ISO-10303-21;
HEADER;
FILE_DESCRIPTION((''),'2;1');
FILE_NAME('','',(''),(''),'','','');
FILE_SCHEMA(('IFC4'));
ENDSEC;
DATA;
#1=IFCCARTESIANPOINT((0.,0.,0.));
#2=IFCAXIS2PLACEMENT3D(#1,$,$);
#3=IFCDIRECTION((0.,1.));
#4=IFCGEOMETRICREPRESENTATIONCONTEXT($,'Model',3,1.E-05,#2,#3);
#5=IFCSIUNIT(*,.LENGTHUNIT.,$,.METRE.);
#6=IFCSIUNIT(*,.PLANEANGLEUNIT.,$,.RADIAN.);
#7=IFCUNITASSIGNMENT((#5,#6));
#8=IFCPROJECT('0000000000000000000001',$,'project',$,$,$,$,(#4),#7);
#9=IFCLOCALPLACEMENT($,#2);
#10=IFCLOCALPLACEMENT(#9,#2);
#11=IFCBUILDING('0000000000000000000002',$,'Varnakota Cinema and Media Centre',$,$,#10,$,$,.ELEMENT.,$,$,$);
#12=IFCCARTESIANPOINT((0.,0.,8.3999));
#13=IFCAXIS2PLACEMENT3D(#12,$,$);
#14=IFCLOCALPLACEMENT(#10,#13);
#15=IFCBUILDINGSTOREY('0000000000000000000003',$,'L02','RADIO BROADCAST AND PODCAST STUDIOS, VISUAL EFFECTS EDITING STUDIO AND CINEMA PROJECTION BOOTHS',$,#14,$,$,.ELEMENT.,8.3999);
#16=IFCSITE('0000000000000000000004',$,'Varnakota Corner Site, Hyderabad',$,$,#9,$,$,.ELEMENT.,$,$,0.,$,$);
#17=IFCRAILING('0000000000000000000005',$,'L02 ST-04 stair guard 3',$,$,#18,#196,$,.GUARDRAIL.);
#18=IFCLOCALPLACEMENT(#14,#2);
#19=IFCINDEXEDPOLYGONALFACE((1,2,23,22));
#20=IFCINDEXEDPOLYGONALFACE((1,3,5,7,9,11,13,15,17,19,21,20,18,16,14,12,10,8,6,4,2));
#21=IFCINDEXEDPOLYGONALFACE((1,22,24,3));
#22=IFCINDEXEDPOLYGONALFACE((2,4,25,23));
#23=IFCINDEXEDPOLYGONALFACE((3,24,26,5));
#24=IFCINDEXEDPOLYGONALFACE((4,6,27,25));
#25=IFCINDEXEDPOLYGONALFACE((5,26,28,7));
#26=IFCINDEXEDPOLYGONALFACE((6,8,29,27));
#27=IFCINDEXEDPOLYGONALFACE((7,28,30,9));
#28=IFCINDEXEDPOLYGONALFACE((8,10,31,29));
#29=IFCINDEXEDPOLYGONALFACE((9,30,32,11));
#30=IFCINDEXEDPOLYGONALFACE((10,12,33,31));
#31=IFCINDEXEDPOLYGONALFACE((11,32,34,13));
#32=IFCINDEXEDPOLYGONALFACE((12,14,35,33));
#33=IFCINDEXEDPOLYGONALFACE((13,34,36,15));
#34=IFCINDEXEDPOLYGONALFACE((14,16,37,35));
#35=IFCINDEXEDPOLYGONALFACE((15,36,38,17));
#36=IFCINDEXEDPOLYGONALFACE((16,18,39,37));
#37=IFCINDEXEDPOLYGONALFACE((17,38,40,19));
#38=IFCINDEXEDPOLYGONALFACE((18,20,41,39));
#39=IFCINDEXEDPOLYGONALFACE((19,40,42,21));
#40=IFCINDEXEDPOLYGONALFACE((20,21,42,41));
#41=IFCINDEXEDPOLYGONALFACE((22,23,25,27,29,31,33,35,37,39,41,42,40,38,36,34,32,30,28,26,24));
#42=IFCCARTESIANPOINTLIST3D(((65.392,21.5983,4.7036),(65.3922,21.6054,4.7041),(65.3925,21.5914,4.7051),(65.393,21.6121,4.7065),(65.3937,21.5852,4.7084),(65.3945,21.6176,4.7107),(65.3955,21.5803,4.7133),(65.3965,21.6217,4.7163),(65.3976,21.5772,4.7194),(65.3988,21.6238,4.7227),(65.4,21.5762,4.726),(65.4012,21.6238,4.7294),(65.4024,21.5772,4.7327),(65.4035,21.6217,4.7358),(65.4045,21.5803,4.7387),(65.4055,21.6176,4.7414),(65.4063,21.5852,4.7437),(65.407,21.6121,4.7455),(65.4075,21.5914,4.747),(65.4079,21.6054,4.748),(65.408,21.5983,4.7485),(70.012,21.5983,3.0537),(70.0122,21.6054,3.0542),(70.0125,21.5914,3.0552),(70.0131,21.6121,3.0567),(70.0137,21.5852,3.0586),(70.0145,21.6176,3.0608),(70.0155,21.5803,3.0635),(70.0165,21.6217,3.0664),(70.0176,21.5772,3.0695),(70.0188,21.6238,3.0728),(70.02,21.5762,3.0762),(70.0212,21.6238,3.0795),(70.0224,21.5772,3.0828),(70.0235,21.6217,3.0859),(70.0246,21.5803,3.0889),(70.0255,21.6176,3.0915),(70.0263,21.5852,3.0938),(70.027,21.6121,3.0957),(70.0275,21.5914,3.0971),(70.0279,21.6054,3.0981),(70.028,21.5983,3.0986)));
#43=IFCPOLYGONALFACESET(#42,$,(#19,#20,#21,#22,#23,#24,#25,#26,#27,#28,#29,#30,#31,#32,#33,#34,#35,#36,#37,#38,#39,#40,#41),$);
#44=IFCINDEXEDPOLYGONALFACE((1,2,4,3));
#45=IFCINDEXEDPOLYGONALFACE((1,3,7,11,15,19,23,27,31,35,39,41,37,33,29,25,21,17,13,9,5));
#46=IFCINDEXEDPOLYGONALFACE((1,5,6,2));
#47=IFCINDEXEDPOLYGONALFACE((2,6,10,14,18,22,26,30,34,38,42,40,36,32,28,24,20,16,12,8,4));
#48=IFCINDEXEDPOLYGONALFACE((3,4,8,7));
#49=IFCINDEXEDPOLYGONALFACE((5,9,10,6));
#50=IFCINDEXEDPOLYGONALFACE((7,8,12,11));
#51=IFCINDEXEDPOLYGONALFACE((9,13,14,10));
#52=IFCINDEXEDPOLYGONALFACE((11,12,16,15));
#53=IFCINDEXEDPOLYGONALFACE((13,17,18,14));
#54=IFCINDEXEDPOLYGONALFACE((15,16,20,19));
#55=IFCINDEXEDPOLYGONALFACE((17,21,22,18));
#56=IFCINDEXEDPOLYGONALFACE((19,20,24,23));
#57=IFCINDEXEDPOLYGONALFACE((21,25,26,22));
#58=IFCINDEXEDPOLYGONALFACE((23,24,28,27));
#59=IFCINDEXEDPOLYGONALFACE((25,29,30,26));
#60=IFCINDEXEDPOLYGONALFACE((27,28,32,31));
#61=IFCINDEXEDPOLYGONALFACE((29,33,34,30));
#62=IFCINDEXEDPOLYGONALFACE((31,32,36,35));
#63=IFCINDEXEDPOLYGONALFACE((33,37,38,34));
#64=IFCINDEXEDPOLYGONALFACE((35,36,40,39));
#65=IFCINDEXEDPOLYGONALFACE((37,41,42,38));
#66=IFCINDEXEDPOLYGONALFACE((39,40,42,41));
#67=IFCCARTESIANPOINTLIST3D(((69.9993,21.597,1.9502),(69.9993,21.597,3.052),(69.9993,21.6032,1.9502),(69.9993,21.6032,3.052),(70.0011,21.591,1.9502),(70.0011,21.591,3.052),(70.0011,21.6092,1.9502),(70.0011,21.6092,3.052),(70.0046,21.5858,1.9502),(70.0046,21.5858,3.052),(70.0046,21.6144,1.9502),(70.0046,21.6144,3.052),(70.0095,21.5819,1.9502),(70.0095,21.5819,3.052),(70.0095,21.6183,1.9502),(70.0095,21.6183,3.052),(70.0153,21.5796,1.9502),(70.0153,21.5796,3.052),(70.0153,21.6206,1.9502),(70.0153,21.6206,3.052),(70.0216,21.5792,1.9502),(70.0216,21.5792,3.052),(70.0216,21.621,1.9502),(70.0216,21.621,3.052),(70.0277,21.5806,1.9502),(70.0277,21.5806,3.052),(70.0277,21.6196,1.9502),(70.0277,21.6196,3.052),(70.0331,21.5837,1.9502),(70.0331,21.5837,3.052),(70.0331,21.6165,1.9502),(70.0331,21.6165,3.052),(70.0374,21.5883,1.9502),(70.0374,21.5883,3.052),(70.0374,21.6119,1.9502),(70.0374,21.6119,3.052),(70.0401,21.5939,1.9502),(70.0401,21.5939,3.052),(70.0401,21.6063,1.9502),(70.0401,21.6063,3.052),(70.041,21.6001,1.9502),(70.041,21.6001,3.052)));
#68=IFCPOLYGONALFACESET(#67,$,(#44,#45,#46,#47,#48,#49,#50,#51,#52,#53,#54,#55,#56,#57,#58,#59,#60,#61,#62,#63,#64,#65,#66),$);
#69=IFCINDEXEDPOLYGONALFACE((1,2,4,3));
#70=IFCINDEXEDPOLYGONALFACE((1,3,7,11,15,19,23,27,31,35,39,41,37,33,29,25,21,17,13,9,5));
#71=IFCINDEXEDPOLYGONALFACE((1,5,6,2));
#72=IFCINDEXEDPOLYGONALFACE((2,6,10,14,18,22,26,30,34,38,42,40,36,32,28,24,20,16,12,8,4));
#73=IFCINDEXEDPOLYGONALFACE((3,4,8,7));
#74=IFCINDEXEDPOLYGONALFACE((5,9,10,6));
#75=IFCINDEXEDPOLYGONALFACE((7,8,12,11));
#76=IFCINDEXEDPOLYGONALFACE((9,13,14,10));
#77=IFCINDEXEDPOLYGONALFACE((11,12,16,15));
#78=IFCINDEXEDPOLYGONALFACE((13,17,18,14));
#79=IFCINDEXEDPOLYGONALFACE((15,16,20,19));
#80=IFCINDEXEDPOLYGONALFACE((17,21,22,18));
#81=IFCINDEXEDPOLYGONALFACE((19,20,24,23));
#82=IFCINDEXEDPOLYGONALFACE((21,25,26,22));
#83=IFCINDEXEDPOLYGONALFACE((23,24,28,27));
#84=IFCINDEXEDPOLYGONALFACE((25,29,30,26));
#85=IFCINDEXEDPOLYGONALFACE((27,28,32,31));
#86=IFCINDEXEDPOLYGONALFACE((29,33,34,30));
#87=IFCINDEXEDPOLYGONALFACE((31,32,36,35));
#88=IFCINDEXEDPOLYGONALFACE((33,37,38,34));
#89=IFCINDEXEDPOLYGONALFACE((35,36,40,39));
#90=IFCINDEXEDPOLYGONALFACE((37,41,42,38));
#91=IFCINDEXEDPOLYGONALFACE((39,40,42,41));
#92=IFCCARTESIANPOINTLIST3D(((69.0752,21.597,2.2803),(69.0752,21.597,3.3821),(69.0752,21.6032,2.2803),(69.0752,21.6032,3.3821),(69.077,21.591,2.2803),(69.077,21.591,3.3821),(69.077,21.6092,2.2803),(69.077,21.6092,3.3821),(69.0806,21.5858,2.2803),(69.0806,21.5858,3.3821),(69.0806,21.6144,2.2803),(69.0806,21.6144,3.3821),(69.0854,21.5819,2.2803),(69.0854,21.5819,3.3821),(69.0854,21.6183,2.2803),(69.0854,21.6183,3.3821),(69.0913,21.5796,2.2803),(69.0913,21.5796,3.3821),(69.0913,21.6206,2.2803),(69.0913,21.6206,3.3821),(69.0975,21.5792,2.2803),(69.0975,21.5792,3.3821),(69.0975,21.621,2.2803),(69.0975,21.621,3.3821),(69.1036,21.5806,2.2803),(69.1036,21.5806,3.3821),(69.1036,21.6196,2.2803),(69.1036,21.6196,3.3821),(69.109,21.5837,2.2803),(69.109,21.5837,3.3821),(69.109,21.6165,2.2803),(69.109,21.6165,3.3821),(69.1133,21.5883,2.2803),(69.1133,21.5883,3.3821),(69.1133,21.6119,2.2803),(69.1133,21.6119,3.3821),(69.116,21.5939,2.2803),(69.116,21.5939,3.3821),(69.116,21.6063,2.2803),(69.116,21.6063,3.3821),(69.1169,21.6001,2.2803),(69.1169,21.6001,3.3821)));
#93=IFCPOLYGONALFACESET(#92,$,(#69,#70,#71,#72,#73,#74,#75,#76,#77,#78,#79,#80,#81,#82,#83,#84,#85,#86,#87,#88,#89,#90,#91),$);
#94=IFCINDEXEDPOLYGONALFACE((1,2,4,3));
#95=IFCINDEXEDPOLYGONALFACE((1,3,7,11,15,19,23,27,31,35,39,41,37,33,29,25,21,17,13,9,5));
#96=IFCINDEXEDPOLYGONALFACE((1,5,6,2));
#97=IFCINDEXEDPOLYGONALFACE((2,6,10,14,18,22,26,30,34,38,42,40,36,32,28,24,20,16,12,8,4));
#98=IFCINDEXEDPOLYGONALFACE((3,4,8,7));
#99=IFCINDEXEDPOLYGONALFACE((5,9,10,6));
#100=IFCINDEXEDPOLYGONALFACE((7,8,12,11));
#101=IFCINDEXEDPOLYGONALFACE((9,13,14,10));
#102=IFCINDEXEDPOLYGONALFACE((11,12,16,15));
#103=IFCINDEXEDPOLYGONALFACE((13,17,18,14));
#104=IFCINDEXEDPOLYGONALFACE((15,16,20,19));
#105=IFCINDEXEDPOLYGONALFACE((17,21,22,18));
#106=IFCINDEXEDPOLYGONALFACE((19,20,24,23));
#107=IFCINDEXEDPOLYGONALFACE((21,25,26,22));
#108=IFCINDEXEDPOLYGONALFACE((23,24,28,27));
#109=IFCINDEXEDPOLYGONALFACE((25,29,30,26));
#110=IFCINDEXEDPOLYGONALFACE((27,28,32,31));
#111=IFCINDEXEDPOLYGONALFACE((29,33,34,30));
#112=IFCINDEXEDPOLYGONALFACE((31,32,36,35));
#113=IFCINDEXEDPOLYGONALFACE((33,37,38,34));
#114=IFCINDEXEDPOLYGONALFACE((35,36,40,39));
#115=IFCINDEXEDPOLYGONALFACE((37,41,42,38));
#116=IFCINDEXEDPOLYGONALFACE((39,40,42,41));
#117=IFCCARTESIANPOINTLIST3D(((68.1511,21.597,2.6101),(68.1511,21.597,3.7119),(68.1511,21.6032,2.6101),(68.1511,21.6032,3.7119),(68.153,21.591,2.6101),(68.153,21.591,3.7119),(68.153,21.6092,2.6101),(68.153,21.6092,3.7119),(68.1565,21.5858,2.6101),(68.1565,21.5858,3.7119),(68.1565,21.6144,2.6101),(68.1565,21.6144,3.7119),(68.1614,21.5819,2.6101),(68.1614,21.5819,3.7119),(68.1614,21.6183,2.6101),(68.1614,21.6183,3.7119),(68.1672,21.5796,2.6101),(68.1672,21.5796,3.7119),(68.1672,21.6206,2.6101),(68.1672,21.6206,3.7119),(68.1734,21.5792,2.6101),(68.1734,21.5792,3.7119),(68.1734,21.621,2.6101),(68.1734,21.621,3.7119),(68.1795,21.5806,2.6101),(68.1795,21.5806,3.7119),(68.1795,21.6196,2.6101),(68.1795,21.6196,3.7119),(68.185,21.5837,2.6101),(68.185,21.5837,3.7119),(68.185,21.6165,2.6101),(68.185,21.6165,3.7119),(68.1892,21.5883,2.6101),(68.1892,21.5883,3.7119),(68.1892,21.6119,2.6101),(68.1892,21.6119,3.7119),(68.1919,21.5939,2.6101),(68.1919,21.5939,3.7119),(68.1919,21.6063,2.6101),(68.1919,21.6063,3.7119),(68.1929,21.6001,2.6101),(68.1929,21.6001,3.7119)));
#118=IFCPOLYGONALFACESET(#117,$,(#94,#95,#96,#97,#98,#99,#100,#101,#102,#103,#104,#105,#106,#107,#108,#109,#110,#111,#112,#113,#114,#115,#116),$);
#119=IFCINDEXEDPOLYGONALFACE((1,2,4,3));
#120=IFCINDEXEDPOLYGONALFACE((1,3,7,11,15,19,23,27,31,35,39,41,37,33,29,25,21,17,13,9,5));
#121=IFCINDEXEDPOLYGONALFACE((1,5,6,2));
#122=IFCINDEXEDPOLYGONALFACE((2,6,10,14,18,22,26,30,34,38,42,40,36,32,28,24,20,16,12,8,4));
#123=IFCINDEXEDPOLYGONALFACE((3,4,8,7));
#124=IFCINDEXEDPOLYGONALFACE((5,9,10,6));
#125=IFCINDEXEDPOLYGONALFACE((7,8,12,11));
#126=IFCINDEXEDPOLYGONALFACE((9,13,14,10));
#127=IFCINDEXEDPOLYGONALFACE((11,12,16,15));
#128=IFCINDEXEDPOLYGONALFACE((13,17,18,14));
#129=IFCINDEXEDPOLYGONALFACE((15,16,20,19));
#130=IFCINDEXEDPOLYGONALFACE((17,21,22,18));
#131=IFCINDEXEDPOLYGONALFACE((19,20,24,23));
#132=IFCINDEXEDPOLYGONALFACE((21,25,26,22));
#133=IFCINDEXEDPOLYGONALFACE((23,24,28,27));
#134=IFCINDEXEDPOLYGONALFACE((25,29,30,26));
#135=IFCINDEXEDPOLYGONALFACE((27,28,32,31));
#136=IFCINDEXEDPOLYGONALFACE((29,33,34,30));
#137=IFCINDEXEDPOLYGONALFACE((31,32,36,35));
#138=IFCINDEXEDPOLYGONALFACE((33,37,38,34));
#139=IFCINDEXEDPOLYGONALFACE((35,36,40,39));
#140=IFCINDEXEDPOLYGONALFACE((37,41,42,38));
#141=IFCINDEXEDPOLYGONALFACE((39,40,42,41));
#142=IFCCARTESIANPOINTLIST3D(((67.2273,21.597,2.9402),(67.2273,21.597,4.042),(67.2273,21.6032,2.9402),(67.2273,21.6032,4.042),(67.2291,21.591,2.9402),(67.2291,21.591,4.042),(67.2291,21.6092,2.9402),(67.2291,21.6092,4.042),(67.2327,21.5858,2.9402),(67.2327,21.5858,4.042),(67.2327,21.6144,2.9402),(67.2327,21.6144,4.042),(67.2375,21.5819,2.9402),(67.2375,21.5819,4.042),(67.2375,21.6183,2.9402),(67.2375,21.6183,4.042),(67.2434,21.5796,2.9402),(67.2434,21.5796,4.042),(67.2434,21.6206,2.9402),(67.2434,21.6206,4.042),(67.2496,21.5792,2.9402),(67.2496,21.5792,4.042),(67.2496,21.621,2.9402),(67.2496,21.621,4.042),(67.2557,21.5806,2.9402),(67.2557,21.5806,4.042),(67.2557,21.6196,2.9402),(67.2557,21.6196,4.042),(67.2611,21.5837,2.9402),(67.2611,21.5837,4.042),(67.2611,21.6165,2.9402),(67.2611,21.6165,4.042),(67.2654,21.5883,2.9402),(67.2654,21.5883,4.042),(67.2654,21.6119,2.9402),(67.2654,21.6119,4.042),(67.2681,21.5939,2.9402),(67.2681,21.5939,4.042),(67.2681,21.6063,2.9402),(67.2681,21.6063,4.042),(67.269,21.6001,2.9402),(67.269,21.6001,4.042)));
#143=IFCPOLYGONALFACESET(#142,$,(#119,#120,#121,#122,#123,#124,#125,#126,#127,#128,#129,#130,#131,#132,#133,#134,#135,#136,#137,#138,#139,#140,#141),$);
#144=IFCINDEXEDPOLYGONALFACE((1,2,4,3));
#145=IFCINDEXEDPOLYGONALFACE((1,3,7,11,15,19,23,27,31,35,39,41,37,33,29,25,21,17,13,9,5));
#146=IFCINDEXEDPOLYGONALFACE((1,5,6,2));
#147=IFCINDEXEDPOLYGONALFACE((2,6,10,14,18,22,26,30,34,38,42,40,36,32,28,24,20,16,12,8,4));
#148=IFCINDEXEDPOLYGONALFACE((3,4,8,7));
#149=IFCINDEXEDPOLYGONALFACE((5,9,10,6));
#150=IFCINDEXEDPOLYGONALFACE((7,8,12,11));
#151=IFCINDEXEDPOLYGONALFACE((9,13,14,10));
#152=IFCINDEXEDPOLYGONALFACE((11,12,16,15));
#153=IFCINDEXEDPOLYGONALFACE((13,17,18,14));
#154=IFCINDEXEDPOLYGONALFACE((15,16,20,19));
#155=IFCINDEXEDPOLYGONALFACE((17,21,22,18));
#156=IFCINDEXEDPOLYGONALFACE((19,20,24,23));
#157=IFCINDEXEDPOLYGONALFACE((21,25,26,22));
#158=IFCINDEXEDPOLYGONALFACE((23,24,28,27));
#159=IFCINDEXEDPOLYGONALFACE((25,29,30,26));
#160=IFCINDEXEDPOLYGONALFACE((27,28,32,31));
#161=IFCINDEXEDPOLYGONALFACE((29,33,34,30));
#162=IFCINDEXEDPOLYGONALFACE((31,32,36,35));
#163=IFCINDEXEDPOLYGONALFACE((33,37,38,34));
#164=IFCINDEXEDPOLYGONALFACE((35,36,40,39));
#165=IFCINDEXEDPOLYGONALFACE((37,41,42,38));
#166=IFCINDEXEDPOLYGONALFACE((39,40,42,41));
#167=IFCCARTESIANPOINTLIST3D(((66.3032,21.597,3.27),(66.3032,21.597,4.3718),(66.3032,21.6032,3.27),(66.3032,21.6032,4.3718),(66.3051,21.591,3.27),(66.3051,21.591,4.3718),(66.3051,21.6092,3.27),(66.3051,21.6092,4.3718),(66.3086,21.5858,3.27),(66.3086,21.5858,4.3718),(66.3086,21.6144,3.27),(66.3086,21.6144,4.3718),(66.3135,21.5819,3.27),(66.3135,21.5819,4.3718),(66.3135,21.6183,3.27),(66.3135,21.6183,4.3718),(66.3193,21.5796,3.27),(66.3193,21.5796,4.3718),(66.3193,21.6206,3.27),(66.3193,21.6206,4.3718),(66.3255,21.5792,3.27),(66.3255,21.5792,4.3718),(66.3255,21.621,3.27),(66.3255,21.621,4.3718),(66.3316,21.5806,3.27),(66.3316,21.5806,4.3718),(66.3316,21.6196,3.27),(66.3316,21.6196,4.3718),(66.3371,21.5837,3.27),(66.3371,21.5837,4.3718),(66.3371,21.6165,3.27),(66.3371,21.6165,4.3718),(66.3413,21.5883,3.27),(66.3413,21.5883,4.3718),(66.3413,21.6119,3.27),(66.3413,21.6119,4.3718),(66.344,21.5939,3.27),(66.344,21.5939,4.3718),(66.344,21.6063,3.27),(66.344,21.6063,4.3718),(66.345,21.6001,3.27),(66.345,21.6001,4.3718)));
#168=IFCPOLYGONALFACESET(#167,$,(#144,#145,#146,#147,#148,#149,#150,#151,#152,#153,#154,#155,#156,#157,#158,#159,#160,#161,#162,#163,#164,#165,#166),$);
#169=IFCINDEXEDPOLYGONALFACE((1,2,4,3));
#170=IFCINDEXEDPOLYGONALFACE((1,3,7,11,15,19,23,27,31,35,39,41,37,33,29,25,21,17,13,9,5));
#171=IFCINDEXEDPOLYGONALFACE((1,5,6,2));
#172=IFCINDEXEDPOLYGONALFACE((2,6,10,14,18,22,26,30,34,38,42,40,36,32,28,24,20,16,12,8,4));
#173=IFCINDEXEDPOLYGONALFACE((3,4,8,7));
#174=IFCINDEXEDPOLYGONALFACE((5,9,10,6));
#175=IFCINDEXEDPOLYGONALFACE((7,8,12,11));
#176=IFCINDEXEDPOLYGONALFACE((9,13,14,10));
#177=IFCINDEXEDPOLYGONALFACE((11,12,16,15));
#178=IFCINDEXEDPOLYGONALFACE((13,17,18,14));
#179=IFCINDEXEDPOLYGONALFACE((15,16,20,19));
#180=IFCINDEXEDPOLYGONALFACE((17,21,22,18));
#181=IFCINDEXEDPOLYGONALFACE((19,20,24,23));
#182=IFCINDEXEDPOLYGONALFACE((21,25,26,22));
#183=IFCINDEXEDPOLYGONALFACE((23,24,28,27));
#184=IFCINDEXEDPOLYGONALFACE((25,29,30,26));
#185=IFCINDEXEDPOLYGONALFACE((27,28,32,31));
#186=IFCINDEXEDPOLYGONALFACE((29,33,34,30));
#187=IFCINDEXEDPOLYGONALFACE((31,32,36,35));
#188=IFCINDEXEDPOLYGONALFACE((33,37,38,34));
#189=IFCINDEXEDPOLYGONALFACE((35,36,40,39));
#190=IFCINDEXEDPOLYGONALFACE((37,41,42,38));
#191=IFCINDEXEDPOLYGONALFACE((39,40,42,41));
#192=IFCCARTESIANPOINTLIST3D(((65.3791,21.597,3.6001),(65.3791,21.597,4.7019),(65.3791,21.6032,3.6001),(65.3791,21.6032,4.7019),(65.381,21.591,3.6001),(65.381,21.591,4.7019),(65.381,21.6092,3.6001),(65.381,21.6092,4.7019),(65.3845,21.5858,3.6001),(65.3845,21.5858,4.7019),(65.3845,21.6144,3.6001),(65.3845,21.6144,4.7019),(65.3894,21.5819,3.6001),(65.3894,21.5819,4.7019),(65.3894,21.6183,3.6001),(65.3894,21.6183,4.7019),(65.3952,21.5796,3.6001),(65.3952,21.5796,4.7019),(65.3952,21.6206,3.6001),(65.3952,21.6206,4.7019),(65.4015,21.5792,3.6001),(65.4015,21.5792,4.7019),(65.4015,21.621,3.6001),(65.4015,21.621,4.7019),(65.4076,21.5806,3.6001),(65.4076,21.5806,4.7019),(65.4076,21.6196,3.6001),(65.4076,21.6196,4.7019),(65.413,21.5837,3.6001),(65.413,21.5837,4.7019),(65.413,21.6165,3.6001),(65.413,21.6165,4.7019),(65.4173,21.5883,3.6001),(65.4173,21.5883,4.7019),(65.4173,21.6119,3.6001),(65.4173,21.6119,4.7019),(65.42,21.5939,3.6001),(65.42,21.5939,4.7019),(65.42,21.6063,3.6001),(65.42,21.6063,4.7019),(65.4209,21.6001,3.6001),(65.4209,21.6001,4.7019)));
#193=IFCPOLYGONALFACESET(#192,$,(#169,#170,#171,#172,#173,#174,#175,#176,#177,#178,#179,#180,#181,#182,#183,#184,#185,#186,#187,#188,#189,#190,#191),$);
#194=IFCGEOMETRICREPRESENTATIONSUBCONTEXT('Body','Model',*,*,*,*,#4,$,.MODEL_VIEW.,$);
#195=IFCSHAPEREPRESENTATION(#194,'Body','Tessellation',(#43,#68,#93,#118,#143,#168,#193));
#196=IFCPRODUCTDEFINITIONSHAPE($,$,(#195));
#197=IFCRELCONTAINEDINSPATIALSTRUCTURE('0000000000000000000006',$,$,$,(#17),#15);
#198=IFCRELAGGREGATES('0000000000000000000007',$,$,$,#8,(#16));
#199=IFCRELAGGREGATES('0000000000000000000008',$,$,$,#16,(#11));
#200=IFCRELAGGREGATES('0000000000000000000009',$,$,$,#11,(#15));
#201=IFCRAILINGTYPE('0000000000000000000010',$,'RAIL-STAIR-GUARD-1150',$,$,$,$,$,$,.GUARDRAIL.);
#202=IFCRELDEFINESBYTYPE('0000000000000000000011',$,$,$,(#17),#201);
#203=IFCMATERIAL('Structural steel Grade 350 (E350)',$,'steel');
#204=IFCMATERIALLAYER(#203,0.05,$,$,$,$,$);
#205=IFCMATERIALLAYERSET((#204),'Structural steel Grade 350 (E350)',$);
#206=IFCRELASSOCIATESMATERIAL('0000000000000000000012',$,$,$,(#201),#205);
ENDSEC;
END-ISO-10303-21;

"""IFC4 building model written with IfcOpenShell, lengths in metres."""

from ifc_helpers import new_model, si_unit, direction, frame, origin, origin_2d, place, context, subcontext, project, spatial, circle, extrude, material, layer, layer_set, type_object, element, save


model = new_model("IFC4")

# Units and contexts
model_context = context("Model", 3, precision=1e-05, world=origin(), true_north=direction((0.0, 1.0)))
body_context = subcontext(model_context, "Body", "Model", "MODEL_VIEW")
ifc_project = project(units=[si_unit("LENGTHUNIT", "METRE"), si_unit("PLANEANGLEUNIT", "RADIAN")], contexts=[model_context])

# Site, building, storey
site_placement = place(None, origin())
site = spatial("IfcSite", under=ifc_project, at=site_placement, Name="Varnakota Corner Site, Hyderabad", CompositionType="ELEMENT", RefElevation=0.0)
building_placement = place(site_placement, origin())
building = spatial("IfcBuilding", under=site, at=building_placement, Name="Varnakota Cinema and Media Centre", CompositionType="ELEMENT")
storey_placement = place(building_placement, frame((0.0, 0.0, 8.3999)))
storey = spatial("IfcBuildingStorey", under=building, at=storey_placement, Name="L02", Description="RADIO BROADCAST AND PODCAST STUDIOS, VISUAL EFFECTS EDITING STUDIO AND CINEMA PROJECTION BOOTHS", CompositionType="ELEMENT", Elevation=8.3999)

# Railing
ifc_material_1 = material(Name="Structural steel Grade 350 (E350)", Category="steel")
ifc_layer_1 = layer(ifc_material_1, 0.05)
ifc_layer_set_1 = layer_set([ifc_layer_1], Name="Structural steel Grade 350 (E350)")
railing_type_1 = type_object("IfcRailingType", Name="RAIL-STAIR-GUARD-1150", PredefinedType="GUARDRAIL", material=ifc_layer_set_1)
railing_1_placement = place(storey_placement, frame((70.02, 21.6001, 1.9502)))
element("IfcRailing", 1, at=railing_1_placement, inside=storey, type_object=railing_type_1, Name="L02 ST-04 stair guard 3", PredefinedType="GUARDRAIL", context=body_context, shape_type="SweptSolid", body=[
    extrude(circle(Radius=0.0239, at=origin_2d()), frame((0.0, 0.0, 1.126), z_axis=(-0.941751, 0.0, 0.336311), x_axis=(0.0, -1.0, 0.0)), (0.0, 0.0, 1.0), 4.9058),
    extrude(circle(Radius=0.021, at=origin_2d()), origin(), (0.0, 0.0, 1.0), 1.1018),
    extrude(circle(Radius=0.021, at=origin_2d()), frame((-0.9241, 0.0, 0.3301)), (0.0, 0.0, 1.0), 1.1018),
    extrude(circle(Radius=0.021, at=origin_2d()), frame((-1.8481, 0.0, 0.6599)), (0.0, 0.0, 1.0), 1.1018),
    extrude(circle(Radius=0.021, at=origin_2d()), frame((-2.772, 0.0, 0.99)), (0.0, 0.0, 1.0), 1.1018),
    extrude(circle(Radius=0.021, at=origin_2d()), frame((-3.696, 0.0, 1.3198)), (0.0, 0.0, 1.0), 1.1018),
    extrude(circle(Radius=0.021, at=origin_2d()), frame((-4.6201, 0.0, 1.6499)), (0.0, 0.0, 1.0), 1.1018),
])

save(model, "model.ifc")
